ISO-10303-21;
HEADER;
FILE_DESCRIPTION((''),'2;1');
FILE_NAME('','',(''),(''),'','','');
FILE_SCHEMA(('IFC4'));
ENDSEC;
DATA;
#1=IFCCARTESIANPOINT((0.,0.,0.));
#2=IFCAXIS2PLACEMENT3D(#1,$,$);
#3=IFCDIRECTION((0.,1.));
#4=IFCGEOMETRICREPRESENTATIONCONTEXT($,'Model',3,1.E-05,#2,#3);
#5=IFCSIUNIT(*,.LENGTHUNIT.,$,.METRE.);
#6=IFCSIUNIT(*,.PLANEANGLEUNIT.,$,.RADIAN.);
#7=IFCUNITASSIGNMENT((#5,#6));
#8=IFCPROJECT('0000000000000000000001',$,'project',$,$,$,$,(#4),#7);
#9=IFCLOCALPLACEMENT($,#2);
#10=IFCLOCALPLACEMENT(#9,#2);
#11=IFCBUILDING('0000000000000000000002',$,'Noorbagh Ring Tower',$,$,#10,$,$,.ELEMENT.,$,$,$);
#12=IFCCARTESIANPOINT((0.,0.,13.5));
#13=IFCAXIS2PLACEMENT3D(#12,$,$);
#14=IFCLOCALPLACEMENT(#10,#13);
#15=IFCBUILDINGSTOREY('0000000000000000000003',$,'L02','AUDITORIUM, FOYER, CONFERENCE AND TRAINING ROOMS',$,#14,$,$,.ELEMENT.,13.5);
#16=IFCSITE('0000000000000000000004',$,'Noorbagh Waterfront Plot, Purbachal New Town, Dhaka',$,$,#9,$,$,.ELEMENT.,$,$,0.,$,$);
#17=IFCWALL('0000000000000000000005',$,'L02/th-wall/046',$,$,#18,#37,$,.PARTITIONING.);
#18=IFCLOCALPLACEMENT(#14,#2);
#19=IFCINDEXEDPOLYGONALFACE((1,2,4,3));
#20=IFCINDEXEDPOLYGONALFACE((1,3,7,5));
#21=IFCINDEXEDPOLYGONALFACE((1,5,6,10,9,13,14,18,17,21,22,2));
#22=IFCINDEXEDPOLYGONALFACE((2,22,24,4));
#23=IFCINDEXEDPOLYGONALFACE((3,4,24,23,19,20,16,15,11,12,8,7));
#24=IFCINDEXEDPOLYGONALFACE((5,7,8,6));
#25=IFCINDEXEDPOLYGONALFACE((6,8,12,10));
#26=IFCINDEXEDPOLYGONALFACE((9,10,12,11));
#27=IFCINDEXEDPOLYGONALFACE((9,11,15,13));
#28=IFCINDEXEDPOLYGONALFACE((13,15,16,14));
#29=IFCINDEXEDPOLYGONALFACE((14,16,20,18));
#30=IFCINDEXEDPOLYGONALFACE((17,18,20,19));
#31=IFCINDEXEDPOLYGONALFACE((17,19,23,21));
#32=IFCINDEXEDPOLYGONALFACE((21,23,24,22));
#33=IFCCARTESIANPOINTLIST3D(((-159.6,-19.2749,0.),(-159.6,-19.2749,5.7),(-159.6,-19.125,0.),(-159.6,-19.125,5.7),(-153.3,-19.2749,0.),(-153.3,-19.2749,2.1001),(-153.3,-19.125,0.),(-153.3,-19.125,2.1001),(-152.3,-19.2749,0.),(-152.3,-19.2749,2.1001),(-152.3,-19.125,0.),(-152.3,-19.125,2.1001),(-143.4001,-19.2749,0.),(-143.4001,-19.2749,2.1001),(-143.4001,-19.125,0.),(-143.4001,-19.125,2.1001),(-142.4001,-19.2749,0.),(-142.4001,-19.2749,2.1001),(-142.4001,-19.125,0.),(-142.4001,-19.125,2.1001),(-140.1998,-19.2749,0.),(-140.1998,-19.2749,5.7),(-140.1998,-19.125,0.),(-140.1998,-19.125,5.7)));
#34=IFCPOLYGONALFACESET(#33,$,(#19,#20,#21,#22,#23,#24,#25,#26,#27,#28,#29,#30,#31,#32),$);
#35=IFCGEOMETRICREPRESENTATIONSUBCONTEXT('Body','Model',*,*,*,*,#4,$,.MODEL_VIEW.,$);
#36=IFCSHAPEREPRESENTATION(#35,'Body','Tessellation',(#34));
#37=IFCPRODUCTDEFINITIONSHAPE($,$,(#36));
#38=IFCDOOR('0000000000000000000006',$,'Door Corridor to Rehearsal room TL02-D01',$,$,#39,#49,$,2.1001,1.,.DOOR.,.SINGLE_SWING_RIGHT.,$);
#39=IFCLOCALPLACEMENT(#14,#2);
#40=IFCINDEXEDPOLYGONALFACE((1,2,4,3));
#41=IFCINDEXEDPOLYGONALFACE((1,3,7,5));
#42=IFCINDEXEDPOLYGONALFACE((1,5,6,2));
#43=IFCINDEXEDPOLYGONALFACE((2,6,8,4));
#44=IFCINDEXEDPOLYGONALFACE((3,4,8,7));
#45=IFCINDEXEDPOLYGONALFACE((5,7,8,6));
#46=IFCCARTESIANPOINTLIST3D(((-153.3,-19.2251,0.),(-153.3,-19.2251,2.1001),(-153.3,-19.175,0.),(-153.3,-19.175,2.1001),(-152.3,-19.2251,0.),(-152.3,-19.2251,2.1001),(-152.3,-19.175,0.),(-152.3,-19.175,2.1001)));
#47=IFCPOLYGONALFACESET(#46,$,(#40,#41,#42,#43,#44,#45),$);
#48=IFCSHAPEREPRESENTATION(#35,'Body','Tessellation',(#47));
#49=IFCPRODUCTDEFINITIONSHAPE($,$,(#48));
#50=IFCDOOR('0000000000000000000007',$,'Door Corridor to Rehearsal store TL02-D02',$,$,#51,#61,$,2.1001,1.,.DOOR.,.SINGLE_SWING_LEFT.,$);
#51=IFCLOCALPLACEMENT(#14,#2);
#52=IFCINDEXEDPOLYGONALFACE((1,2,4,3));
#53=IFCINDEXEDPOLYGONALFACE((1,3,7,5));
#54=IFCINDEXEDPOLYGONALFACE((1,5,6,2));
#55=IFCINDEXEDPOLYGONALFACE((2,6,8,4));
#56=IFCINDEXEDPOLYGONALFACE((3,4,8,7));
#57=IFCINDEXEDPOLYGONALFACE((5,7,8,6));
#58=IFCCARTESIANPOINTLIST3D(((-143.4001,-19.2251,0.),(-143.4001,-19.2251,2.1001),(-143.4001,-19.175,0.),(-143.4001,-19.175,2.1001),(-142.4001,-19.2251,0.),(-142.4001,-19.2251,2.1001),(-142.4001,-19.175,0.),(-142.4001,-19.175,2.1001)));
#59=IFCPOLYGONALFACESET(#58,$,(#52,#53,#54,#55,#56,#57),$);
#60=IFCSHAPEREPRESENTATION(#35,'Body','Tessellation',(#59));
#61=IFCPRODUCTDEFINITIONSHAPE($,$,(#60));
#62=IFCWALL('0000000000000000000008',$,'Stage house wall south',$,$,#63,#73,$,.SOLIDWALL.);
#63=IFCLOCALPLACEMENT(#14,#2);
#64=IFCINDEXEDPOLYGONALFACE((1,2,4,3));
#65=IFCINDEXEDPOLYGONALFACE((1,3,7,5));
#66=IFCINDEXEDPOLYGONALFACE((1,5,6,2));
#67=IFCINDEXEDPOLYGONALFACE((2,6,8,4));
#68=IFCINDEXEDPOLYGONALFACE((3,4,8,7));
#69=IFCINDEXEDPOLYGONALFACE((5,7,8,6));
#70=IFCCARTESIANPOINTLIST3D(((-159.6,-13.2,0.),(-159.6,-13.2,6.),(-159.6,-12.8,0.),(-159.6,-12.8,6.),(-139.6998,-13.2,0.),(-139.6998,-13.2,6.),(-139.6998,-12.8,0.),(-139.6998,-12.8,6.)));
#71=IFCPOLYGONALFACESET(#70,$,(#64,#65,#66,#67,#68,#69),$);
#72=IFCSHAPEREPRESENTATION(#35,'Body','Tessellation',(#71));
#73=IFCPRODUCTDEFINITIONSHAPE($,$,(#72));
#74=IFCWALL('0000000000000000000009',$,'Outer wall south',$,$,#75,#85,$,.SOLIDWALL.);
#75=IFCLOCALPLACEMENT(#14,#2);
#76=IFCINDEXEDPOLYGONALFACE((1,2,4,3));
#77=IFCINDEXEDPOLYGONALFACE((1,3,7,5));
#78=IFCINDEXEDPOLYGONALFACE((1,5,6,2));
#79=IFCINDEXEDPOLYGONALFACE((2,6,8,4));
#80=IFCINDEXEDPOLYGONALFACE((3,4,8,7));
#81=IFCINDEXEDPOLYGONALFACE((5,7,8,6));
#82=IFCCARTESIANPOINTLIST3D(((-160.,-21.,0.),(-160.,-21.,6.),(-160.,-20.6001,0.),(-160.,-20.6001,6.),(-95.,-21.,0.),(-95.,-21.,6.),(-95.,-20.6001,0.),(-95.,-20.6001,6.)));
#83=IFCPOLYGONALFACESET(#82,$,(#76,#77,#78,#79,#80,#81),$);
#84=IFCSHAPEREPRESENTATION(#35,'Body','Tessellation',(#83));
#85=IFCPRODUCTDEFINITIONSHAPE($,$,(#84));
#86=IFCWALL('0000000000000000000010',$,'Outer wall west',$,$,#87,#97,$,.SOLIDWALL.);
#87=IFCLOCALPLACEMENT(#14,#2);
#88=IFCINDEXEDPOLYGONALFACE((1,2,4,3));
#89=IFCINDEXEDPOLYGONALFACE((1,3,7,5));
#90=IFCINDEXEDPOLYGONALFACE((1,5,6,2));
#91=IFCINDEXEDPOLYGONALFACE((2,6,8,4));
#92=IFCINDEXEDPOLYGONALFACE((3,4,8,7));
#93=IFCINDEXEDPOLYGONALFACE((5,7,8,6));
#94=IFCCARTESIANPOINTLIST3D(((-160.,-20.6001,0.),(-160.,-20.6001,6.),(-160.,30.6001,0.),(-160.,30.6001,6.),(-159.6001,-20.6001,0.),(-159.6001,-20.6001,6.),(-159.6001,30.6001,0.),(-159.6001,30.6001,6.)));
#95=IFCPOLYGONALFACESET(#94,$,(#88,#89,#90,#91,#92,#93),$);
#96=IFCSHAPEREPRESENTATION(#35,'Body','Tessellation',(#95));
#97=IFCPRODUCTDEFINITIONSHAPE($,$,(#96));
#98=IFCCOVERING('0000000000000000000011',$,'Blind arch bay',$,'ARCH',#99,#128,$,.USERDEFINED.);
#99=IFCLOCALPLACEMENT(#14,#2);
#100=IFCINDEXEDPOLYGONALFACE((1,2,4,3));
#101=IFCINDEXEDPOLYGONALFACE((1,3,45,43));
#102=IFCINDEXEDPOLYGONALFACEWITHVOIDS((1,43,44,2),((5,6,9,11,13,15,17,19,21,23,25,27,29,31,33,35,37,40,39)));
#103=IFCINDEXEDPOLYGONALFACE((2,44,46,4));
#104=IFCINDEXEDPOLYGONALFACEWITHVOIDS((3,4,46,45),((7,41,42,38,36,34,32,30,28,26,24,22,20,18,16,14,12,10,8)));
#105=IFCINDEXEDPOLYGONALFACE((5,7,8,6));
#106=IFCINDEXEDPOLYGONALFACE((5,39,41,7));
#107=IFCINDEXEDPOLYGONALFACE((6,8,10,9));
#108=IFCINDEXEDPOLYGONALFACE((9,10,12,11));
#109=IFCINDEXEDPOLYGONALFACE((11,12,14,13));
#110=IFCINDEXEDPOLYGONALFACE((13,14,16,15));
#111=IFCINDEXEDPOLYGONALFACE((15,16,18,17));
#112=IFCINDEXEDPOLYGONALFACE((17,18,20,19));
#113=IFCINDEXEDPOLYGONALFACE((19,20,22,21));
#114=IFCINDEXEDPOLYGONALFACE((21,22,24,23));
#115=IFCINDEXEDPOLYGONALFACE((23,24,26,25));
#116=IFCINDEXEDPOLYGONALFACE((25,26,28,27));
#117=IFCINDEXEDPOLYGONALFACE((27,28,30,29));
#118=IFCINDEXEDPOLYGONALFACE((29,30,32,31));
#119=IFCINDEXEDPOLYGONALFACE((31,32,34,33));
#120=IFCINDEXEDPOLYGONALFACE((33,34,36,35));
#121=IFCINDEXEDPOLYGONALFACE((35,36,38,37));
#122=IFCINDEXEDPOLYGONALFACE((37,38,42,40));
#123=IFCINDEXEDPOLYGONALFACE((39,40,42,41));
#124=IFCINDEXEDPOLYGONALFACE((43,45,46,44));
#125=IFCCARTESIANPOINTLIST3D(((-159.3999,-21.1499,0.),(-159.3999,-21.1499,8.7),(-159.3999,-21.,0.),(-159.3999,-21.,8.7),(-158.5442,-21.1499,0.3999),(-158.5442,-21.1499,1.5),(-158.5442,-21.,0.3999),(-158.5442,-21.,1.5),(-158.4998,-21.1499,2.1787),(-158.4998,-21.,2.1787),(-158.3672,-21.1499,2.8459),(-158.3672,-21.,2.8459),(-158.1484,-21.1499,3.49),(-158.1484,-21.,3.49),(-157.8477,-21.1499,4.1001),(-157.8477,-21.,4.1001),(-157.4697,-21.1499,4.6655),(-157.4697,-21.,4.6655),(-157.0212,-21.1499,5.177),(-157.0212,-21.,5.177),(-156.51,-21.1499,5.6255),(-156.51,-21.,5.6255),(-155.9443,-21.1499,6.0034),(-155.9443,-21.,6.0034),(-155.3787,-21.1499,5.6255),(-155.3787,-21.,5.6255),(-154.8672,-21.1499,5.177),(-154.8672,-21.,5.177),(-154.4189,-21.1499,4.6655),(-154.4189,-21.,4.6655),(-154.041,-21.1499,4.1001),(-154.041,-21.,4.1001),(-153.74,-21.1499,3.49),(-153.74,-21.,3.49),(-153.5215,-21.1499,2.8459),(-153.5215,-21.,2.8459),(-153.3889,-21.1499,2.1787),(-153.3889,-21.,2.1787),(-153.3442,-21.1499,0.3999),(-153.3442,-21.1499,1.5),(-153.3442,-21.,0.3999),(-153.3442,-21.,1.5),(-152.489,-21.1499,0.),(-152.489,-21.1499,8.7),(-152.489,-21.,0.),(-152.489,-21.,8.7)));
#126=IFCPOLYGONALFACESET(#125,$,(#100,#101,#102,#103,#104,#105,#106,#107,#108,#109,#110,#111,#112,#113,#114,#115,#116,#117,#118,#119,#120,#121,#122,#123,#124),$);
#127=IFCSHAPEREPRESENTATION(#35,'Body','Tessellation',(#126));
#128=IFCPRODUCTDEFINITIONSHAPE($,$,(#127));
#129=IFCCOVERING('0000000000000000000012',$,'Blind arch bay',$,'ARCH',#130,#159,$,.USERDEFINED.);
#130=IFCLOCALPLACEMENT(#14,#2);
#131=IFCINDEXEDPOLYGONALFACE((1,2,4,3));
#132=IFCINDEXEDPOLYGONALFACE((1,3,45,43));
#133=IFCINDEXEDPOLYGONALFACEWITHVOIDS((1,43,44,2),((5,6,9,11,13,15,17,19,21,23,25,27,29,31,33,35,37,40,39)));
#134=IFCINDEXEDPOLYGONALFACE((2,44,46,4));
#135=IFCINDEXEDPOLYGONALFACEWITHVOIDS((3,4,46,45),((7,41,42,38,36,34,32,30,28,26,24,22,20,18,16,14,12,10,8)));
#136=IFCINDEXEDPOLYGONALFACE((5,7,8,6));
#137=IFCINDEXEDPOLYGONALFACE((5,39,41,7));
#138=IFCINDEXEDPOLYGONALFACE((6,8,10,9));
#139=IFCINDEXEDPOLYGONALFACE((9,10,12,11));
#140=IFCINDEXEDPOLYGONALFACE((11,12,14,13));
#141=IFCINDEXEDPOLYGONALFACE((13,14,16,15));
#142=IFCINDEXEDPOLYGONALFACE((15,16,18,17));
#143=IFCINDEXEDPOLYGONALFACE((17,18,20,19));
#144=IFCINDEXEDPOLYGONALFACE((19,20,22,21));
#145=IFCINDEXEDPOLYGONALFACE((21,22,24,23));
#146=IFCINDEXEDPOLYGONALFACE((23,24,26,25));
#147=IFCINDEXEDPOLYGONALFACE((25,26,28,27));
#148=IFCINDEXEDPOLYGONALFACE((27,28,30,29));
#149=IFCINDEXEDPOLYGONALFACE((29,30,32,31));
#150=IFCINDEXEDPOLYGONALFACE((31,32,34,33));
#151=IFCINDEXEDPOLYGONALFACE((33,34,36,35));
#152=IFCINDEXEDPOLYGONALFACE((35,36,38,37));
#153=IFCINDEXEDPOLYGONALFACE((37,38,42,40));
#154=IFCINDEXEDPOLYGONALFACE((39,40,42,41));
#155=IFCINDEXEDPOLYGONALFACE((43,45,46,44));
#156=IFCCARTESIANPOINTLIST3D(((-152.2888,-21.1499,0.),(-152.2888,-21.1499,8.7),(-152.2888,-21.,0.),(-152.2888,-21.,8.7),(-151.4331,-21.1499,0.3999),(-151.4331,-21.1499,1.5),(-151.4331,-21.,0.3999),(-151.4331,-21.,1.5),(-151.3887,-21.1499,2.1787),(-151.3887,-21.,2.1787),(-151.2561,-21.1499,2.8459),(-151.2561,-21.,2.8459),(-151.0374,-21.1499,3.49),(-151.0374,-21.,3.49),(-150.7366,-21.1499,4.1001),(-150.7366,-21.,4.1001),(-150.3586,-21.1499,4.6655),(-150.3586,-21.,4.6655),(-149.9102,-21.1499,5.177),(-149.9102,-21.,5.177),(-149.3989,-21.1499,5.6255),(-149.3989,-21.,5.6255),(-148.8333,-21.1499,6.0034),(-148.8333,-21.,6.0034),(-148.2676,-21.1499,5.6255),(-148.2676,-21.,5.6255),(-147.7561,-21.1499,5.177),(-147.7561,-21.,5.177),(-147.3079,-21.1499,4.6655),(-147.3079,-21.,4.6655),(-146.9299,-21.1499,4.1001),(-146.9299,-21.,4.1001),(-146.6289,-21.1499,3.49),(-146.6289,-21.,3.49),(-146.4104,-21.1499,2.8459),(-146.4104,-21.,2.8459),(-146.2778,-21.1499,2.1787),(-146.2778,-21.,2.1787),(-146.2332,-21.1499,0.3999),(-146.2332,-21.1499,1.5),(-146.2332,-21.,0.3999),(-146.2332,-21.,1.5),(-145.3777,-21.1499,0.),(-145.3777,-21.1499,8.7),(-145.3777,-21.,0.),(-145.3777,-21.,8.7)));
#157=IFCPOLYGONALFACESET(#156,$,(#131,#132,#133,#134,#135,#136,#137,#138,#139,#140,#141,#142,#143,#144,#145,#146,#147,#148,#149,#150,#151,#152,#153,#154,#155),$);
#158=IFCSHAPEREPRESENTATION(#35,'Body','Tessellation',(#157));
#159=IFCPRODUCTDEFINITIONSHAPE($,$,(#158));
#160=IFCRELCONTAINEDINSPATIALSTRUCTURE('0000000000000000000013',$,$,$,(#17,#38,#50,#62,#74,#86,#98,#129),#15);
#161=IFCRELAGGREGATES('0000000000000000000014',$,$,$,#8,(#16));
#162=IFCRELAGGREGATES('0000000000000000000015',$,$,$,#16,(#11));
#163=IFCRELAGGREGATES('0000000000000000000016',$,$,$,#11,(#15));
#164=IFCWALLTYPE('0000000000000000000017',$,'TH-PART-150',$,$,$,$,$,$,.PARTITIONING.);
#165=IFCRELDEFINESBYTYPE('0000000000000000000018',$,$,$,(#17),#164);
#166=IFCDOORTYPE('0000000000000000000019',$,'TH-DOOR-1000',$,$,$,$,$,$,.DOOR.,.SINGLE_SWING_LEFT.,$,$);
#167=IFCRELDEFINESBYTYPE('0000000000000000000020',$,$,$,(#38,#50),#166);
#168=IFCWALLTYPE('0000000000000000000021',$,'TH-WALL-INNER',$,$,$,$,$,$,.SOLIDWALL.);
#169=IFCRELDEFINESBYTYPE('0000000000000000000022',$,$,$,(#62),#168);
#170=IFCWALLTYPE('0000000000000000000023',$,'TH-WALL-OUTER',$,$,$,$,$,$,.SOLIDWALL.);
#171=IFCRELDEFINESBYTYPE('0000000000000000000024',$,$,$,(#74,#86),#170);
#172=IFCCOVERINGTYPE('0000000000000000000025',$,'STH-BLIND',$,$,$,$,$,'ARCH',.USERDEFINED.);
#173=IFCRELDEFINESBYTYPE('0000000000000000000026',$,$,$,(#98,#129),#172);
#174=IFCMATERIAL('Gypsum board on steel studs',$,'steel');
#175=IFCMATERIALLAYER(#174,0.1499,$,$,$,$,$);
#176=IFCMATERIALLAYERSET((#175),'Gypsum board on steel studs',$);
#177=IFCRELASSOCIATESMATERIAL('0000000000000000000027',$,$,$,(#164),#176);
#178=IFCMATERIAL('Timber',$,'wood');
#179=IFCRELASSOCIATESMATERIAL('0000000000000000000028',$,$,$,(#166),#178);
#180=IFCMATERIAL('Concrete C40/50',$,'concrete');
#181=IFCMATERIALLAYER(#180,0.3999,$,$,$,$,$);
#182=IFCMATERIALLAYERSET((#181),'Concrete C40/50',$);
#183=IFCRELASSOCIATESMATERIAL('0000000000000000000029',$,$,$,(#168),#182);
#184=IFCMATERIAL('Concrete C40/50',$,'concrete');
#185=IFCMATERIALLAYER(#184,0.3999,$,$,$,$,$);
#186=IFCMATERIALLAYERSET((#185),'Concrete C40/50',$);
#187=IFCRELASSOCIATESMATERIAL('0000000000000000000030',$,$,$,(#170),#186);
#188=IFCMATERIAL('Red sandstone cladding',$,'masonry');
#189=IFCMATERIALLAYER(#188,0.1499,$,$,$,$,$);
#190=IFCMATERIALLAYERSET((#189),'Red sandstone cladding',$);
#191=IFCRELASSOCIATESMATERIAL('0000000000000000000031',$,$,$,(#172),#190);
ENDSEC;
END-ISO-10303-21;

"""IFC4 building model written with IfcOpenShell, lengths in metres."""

from ifc_helpers import new_model, si_unit, direction, frame, frame_2d, origin, place, context, subcontext, project, spatial, polyline, rectangle, outline, extrude, material, layer, layer_set, type_object, element, fill, save


model = new_model("IFC4")

# Units and contexts
model_context = context("Model", 3, precision=1e-05, world=origin(), true_north=direction((0.0, 1.0)))
body_context = subcontext(model_context, "Body", "Model", "MODEL_VIEW")
ifc_project = project(units=[si_unit("LENGTHUNIT", "METRE"), si_unit("PLANEANGLEUNIT", "RADIAN")], contexts=[model_context])

# Site, building, storey
site_placement = place(None, origin())
site = spatial("IfcSite", under=ifc_project, at=site_placement, Name="Noorbagh Waterfront Plot, Purbachal New Town, Dhaka", CompositionType="ELEMENT", RefElevation=0.0)
building_placement = place(site_placement, origin())
building = spatial("IfcBuilding", under=site, at=building_placement, Name="Noorbagh Ring Tower", CompositionType="ELEMENT")
storey_placement = place(building_placement, frame((0.0, 0.0, 13.5)))
storey = spatial("IfcBuildingStorey", under=building, at=storey_placement, Name="L02", Description="AUDITORIUM, FOYER, CONFERENCE AND TRAINING ROOMS", CompositionType="ELEMENT", Elevation=13.5)

# Wall, openings, doors
ifc_material_1 = material(Name="Gypsum board on steel studs", Category="steel")
ifc_layer_1 = layer(ifc_material_1, 0.1499)
ifc_layer_set_1 = layer_set([ifc_layer_1], Name="Gypsum board on steel studs")
wall_type_1 = type_object("IfcWallType", Name="TH-PART-150", PredefinedType="PARTITIONING", material=ifc_layer_set_1)
wall_1_placement = place(storey_placement, frame((-159.6001, -19.2, 0.0), z_axis=(0.0, 0.0, 1.0), x_axis=(1.0, 0.0, 0.0)))
wall_1 = element("IfcWall", 1, at=wall_1_placement, inside=storey, type_object=wall_type_1, Name="L02/th-wall/046", PredefinedType="PARTITIONING", context=body_context, shape_type="SweptSolid", body=[
    extrude(rectangle(XDim=19.4001, YDim=0.1499, at=frame_2d((9.7002, 0.0))), origin(), (0.0, 0.0, 1.0), 5.7),
])
opening_1_placement = place(wall_1_placement, frame((6.3, 0.0, 0.0)))
opening_1 = element("IfcOpeningElement", 2, at=opening_1_placement, cuts=wall_1, PredefinedType="OPENING", context=body_context, shape_type="SweptSolid", body=[
    extrude(rectangle(XDim=1.0, YDim=2.1001, at=frame_2d((0.5, 1.05))), frame((0.0, 0.085, 0.0), z_axis=(0.0, -1.0, 0.0), x_axis=(1.0, 0.0, 0.0)), (0.0, 0.0, 1.0), 0.1699),
])
opening_2_placement = place(wall_1_placement, frame((16.2, 0.0, 0.0)))
opening_2 = element("IfcOpeningElement", 3, at=opening_2_placement, cuts=wall_1, PredefinedType="OPENING", context=body_context, shape_type="SweptSolid", body=[
    extrude(rectangle(XDim=1.0, YDim=2.1001, at=frame_2d((0.5, 1.05))), frame((0.0, 0.085, 0.0), z_axis=(0.0, -1.0, 0.0), x_axis=(1.0, 0.0, 0.0)), (0.0, 0.0, 1.0), 0.1699),
])
ifc_material_2 = material(Name="Timber", Category="wood")
door_type = type_object("IfcDoorType", Name="TH-DOOR-1000", OperationType="SINGLE_SWING_LEFT", PredefinedType="DOOR", material=ifc_material_2)
door_1_placement = place(opening_1_placement, origin())
door_1 = element("IfcDoor", 4, at=door_1_placement, inside=storey, type_object=door_type, Name="Door Corridor to Rehearsal room TL02-D01", OperationType="SINGLE_SWING_RIGHT", OverallHeight=2.1001, OverallWidth=1.0, PredefinedType="DOOR", context=body_context, shape_type="SweptSolid", body=[
    extrude(rectangle(XDim=1.0, YDim=2.1001, at=frame_2d((0.5, 1.05))), frame((0.0, 0.0249, 0.0), z_axis=(0.0, -1.0, 0.0), x_axis=(1.0, 0.0, 0.0)), (0.0, 0.0, 1.0), 0.05),
])
fill(opening_1, door_1)
door_2_placement = place(opening_2_placement, origin())
door_2 = element("IfcDoor", 5, at=door_2_placement, inside=storey, type_object=door_type, Name="Door Corridor to Rehearsal store TL02-D02", OperationType="SINGLE_SWING_LEFT", OverallHeight=2.1001, OverallWidth=1.0, PredefinedType="DOOR", context=body_context, shape_type="SweptSolid", body=[
    extrude(rectangle(XDim=1.0, YDim=2.1001, at=frame_2d((0.5, 1.05))), frame((0.0, 0.0249, 0.0), z_axis=(0.0, -1.0, 0.0), x_axis=(1.0, 0.0, 0.0)), (0.0, 0.0, 1.0), 0.05),
])
fill(opening_2, door_2)

# Walls
ifc_material_3 = material(Name="Concrete C40/50", Category="concrete")
ifc_layer_2 = layer(ifc_material_3, 0.3999)
ifc_layer_set_2 = layer_set([ifc_layer_2], Name="Concrete C40/50")
wall_type_2 = type_object("IfcWallType", Name="TH-WALL-INNER", PredefinedType="SOLIDWALL", material=ifc_layer_set_2)
wall_2_placement = place(storey_placement, frame((-159.6001, -13.0, 0.0), z_axis=(0.0, 0.0, 1.0), x_axis=(1.0, 0.0, 0.0)))
element("IfcWall", 6, at=wall_2_placement, inside=storey, type_object=wall_type_2, Name="Stage house wall south", PredefinedType="SOLIDWALL", context=body_context, shape_type="SweptSolid", body=[
    extrude(rectangle(XDim=19.9001, YDim=0.3999, at=frame_2d((9.9502, 0.0))), origin(), (0.0, 0.0, 1.0), 6.0),
])
ifc_material_4 = material(Name="Concrete C40/50", Category="concrete")
ifc_layer_3 = layer(ifc_material_4, 0.3999)
ifc_layer_set_3 = layer_set([ifc_layer_3], Name="Concrete C40/50")
wall_type_3 = type_object("IfcWallType", Name="TH-WALL-OUTER", PredefinedType="SOLIDWALL", material=ifc_layer_set_3)
wall_3_placement = place(storey_placement, frame((-160.0, -20.8, 0.0), z_axis=(0.0, 0.0, 1.0), x_axis=(1.0, 0.0, 0.0)))
element("IfcWall", 7, at=wall_3_placement, inside=storey, type_object=wall_type_3, Name="Outer wall south", PredefinedType="SOLIDWALL", context=body_context, shape_type="SweptSolid", body=[
    extrude(rectangle(XDim=65.0, YDim=0.3999, at=frame_2d((32.5, 0.0))), origin(), (0.0, 0.0, 1.0), 6.0),
])
wall_4_placement = place(storey_placement, frame((-159.8, -20.6001, 0.0), z_axis=(0.0, 0.0, 1.0), x_axis=(0.0, 1.0, 0.0)))
element("IfcWall", 8, at=wall_4_placement, inside=storey, type_object=wall_type_3, Name="Outer wall west", PredefinedType="SOLIDWALL", context=body_context, shape_type="SweptSolid", body=[
    extrude(rectangle(XDim=51.2002, YDim=0.3999, at=frame_2d((25.6001, 0.0))), origin(), (0.0, 0.0, 1.0), 6.0),
])

# Coverings
ifc_material_5 = material(Name="Red sandstone cladding", Category="masonry")
ifc_layer_4 = layer(ifc_material_5, 0.1499)
ifc_layer_set_4 = layer_set([ifc_layer_4], Name="Red sandstone cladding")
covering_type = type_object("IfcCoveringType", Name="STH-BLIND", ElementType="ARCH", PredefinedType="USERDEFINED", material=ifc_layer_set_4)
covering_1_placement = place(storey_placement, frame((-159.3999, -21.1499, 0.0), z_axis=(0.0, -1.0, 0.0), x_axis=(1.0, 0.0, 0.0)))
element("IfcCovering", 9, at=covering_1_placement, inside=storey, type_object=covering_type, Name="Blind arch bay", ObjectType="ARCH", PredefinedType="USERDEFINED", context=body_context, shape_type="SweptSolid", body=[
    extrude(outline(polyline([(0.0, 0.0), (6.9109, 0.0), (6.9109, 8.7), (0.0, 8.7), (0.0, 0.0)]), holes=[polyline([(0.8557, 0.3999), (0.8557, 1.5), (0.9001, 2.1787), (1.0327, 2.8459), (1.2515, 3.49), (1.5522, 4.1001), (1.9302, 4.6655), (2.3787, 5.177), (2.8899, 5.6255), (3.4556, 6.0034), (4.0212, 5.6255), (4.5327, 5.177), (4.981, 4.6655), (5.3589, 4.1001), (5.6599, 3.49), (5.8784, 2.8459), (6.011, 2.1787), (6.0557, 1.5), (6.0557, 0.3999), (0.8557, 0.3999)])]), origin(), (0.0, 0.0, -1.0), 0.1499),
])
covering_2_placement = place(storey_placement, frame((-152.2888, -21.1499, 0.0), z_axis=(0.0, -1.0, 0.0), x_axis=(1.0, 0.0, 0.0)))
element("IfcCovering", 10, at=covering_2_placement, inside=storey, type_object=covering_type, Name="Blind arch bay", ObjectType="ARCH", PredefinedType="USERDEFINED", context=body_context, shape_type="SweptSolid", body=[
    extrude(outline(polyline([(0.0, 0.0), (6.9111, 0.0), (6.9111, 8.7), (0.0, 8.7), (0.0, 0.0)]), holes=[polyline([(0.8557, 0.3999), (0.8557, 1.5), (0.9001, 2.1787), (1.0327, 2.8459), (1.2515, 3.49), (1.5522, 4.1001), (1.9302, 4.6655), (2.3787, 5.177), (2.8899, 5.6255), (3.4556, 6.0034), (4.0212, 5.6255), (4.5327, 5.177), (4.981, 4.6655), (5.3589, 4.1001), (5.6599, 3.49), (5.8784, 2.8459), (6.011, 2.1787), (6.0557, 1.5), (6.0557, 0.3999), (0.8557, 0.3999)])]), origin(), (0.0, 0.0, -1.0), 0.1499),
])

save(model, "model.ifc")
